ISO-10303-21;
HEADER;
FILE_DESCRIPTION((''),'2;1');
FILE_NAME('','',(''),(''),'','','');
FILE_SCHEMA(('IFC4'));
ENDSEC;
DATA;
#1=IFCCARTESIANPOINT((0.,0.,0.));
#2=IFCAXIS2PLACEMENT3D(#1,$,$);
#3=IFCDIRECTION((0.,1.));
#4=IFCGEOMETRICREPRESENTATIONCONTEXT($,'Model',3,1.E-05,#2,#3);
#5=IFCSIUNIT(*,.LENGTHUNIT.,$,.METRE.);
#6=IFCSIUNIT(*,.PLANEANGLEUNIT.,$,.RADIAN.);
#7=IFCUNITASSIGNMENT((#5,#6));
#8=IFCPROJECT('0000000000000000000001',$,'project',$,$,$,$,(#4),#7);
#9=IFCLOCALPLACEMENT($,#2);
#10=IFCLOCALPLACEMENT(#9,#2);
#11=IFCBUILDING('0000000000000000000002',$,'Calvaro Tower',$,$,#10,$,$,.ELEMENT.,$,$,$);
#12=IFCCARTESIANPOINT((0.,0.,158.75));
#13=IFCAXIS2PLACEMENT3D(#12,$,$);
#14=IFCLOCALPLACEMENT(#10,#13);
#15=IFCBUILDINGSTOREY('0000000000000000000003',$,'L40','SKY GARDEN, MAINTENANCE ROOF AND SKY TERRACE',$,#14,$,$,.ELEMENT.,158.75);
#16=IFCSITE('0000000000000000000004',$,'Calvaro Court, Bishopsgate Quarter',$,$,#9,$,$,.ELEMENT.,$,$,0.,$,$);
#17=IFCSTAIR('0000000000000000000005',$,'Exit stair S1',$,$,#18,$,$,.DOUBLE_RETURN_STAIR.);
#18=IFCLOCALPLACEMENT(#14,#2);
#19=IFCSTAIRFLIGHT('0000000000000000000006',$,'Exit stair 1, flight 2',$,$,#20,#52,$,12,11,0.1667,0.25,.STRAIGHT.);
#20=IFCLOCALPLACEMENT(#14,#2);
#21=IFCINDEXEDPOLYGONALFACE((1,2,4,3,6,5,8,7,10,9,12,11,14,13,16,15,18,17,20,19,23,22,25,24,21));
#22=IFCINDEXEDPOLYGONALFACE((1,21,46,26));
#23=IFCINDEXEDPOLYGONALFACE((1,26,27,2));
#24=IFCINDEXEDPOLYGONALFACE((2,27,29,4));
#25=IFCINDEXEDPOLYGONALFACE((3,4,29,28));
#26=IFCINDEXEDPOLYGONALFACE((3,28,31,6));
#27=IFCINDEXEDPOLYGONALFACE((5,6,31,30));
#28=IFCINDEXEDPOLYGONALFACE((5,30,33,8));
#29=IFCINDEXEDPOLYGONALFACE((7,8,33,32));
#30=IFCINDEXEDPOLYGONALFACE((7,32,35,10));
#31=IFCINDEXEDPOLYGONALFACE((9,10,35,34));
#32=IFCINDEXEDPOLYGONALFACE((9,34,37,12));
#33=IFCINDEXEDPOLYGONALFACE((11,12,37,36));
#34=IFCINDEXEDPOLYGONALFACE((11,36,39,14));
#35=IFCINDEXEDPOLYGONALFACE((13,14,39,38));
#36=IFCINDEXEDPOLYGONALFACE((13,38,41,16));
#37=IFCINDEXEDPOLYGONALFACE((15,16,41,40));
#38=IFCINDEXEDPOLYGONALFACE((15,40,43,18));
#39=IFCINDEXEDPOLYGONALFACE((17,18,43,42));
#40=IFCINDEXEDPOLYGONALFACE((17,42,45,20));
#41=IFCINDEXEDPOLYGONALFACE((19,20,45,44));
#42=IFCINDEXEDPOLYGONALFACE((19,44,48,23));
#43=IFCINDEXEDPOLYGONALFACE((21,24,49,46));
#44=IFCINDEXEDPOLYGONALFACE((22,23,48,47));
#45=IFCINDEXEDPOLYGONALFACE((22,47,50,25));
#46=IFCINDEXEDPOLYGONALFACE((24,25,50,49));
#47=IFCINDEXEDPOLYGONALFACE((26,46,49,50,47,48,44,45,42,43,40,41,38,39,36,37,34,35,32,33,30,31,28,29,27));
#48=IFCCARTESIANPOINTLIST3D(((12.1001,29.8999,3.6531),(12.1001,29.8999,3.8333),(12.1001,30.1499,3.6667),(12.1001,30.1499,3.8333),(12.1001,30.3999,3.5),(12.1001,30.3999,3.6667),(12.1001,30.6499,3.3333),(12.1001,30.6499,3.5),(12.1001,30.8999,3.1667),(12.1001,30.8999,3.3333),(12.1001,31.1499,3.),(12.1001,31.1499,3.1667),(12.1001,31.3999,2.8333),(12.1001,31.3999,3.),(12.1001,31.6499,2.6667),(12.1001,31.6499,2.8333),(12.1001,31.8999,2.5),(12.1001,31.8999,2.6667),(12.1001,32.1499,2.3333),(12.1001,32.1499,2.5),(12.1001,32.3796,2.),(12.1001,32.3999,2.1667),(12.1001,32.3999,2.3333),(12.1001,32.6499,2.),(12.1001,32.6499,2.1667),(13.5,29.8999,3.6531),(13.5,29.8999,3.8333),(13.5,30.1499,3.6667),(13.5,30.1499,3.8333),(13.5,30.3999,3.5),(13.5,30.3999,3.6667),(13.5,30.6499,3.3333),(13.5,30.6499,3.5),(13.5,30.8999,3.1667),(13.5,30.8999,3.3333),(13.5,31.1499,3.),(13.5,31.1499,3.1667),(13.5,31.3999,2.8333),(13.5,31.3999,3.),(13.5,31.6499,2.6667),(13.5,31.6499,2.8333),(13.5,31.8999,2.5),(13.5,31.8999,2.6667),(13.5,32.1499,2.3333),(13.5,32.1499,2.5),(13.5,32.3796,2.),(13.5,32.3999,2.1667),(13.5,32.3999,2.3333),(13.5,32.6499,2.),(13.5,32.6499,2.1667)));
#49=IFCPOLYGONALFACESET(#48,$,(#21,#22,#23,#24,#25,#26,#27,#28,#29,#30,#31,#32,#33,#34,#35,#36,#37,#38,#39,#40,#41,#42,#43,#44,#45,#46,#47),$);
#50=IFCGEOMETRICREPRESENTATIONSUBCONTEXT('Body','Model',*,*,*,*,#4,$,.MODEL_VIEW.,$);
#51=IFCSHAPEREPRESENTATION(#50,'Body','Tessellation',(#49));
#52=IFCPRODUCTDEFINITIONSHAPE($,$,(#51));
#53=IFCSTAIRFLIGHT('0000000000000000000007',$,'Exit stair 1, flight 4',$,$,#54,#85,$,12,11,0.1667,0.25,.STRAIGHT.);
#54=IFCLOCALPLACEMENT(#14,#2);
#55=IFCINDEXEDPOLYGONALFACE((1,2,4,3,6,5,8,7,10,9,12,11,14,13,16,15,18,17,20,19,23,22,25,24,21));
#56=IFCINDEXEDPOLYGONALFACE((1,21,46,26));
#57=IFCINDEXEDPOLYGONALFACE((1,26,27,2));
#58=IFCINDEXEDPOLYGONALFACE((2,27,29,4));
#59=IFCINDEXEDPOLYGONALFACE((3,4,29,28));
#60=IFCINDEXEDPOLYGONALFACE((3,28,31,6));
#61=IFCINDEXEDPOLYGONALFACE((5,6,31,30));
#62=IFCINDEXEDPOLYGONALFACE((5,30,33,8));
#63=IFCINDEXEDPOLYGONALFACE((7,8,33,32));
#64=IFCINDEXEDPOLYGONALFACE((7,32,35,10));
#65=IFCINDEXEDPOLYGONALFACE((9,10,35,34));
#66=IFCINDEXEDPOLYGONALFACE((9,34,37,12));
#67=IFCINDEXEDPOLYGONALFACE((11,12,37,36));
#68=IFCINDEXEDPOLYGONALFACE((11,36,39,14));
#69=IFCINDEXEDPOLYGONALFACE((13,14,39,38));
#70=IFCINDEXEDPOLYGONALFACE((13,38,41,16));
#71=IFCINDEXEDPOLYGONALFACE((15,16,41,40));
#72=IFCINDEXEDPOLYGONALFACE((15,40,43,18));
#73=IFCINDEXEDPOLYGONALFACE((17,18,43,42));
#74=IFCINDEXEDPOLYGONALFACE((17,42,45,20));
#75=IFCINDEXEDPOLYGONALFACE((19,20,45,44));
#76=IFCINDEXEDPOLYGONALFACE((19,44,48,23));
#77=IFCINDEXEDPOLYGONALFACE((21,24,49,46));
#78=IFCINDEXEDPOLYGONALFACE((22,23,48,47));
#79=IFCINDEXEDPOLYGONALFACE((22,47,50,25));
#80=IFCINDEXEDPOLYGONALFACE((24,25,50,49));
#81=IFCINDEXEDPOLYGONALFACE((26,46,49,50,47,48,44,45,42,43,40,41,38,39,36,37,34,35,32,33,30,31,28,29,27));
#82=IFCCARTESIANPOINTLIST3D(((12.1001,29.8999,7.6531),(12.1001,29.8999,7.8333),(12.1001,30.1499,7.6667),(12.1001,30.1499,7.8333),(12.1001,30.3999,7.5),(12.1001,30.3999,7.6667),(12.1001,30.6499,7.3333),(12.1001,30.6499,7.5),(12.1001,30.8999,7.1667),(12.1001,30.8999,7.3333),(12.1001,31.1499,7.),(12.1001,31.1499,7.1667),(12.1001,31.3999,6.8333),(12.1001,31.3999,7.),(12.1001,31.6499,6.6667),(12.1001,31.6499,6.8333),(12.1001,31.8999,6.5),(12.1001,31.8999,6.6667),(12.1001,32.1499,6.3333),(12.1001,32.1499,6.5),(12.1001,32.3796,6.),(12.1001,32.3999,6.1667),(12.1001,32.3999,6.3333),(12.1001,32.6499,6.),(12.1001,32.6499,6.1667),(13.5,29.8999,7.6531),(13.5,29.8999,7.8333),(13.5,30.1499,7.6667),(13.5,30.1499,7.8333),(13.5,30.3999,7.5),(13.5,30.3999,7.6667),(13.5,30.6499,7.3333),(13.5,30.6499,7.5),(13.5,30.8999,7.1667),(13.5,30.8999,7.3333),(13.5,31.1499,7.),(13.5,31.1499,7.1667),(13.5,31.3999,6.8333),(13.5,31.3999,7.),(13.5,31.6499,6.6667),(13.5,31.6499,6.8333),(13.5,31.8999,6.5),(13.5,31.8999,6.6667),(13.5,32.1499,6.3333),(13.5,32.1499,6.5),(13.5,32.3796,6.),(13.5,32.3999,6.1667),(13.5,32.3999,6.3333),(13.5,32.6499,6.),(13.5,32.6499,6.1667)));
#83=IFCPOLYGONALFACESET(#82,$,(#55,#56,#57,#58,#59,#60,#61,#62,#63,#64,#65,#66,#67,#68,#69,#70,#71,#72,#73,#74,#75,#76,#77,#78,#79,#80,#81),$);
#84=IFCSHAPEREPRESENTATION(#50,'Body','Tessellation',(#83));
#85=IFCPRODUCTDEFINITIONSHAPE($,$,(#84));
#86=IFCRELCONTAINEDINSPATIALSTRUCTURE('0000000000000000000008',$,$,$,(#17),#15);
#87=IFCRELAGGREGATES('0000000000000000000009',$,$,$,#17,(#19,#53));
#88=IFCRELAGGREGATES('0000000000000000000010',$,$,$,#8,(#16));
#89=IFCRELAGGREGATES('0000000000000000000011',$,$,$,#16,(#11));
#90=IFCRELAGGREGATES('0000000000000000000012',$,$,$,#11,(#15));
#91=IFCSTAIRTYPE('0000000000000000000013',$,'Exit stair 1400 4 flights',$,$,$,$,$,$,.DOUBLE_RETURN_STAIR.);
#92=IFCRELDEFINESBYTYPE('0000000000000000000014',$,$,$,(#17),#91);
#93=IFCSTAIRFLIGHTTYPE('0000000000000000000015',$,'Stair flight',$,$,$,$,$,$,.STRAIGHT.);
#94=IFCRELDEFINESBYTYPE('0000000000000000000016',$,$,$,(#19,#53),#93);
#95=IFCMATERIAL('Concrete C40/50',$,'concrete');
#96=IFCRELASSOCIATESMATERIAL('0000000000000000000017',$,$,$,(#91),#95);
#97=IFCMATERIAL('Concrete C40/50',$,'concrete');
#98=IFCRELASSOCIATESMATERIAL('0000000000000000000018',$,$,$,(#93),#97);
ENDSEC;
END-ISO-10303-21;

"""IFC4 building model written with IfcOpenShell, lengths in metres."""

from ifc_helpers import new_model, si_unit, direction, frame, origin, place, context, subcontext, project, spatial, polyline, outline, extrude, material, type_object, element, aggregate, save


model = new_model("IFC4")

# Units and contexts
model_context = context("Model", 3, precision=1e-05, world=origin(), true_north=direction((0.0, 1.0)))
body_context = subcontext(model_context, "Body", "Model", "MODEL_VIEW")
ifc_project = project(units=[si_unit("LENGTHUNIT", "METRE"), si_unit("PLANEANGLEUNIT", "RADIAN")], contexts=[model_context])

# Site, building, storey
site_placement = place(None, origin())
site = spatial("IfcSite", under=ifc_project, at=site_placement, Name="Calvaro Court, Bishopsgate Quarter", CompositionType="ELEMENT", RefElevation=0.0)
building_placement = place(site_placement, origin())
building = spatial("IfcBuilding", under=site, at=building_placement, Name="Calvaro Tower", CompositionType="ELEMENT")
storey_placement = place(building_placement, frame((0.0, 0.0, 158.75)))
storey = spatial("IfcBuildingStorey", under=building, at=storey_placement, Name="L40", Description="SKY GARDEN, MAINTENANCE ROOF AND SKY TERRACE", CompositionType="ELEMENT", Elevation=158.75)

# Stair, stair flights
ifc_material_1 = material(Name="Concrete C40/50", Category="concrete")
stair_type = type_object("IfcStairType", Name="Exit stair 1400 4 flights", PredefinedType="DOUBLE_RETURN_STAIR", material=ifc_material_1)
stair_placement = place(storey_placement, origin())
stair = element("IfcStair", 1, at=stair_placement, inside=storey, type_object=stair_type, Name="Exit stair S1", PredefinedType="DOUBLE_RETURN_STAIR")
ifc_material_2 = material(Name="Concrete C40/50", Category="concrete")
stair_flight_type = type_object("IfcStairFlightType", Name="Stair flight", PredefinedType="STRAIGHT", material=ifc_material_2)
stair_flight_1_placement = place(storey_placement, frame((12.8, 32.6499, 2.0), z_axis=(0.0, 0.0, 1.0), x_axis=(0.0, -1.0, 0.0)))
stair_flight_1 = element("IfcStairFlight", 2, at=stair_flight_1_placement, type_object=stair_flight_type, Name="Exit stair 1, flight 2", NumberOfRisers=12, NumberOfTreads=11, PredefinedType="STRAIGHT", RiserHeight=0.1667, TreadLength=0.25, context=body_context, shape_type="SweptSolid", body=[
    extrude(outline(polyline([(0.0, 0.0), (0.0, 0.1667), (0.25, 0.1667), (0.25, 0.3333), (0.5, 0.3333), (0.5, 0.5), (0.75, 0.5), (0.75, 0.6667), (1.0, 0.6667), (1.0, 0.8333), (1.25, 0.8333), (1.25, 1.0), (1.5, 1.0), (1.5, 1.1667), (1.75, 1.1667), (1.75, 1.3333), (2.0, 1.3333), (2.0, 1.5), (2.25, 1.5), (2.25, 1.6667), (2.5, 1.6667), (2.5, 1.8333), (2.75, 1.8333), (2.75, 2.0), (2.75, 1.6531), (0.2703, 0.0), (0.0, 0.0)])), frame((0.0, 0.7, 0.0), z_axis=(0.0, -1.0, 0.0), x_axis=(1.0, 0.0, 0.0)), (0.0, 0.0, 1.0), 1.3999),
])
stair_flight_2_placement = place(storey_placement, frame((12.8, 32.6499, 6.0), z_axis=(0.0, 0.0, 1.0), x_axis=(0.0, -1.0, 0.0)))
stair_flight_2 = element("IfcStairFlight", 3, at=stair_flight_2_placement, type_object=stair_flight_type, Name="Exit stair 1, flight 4", NumberOfRisers=12, NumberOfTreads=11, PredefinedType="STRAIGHT", RiserHeight=0.1667, TreadLength=0.25, context=body_context, shape_type="SweptSolid", body=[
    extrude(outline(polyline([(0.0, 0.0), (0.0, 0.1667), (0.25, 0.1667), (0.25, 0.3333), (0.5, 0.3333), (0.5, 0.5), (0.75, 0.5), (0.75, 0.6667), (1.0, 0.6667), (1.0, 0.8333), (1.25, 0.8333), (1.25, 1.0), (1.5, 1.0), (1.5, 1.1667), (1.75, 1.1667), (1.75, 1.3333), (2.0, 1.3333), (2.0, 1.5), (2.25, 1.5), (2.25, 1.6667), (2.5, 1.6667), (2.5, 1.8333), (2.75, 1.8333), (2.75, 2.0), (2.75, 1.6531), (0.2703, 0.0), (0.0, 0.0)])), frame((0.0, 0.7, 0.0), z_axis=(0.0, -1.0, 0.0), x_axis=(1.0, 0.0, 0.0)), (0.0, 0.0, 1.0), 1.3999),
])

aggregate(stair, [stair_flight_1, stair_flight_2])

save(model, "model.ifc")
